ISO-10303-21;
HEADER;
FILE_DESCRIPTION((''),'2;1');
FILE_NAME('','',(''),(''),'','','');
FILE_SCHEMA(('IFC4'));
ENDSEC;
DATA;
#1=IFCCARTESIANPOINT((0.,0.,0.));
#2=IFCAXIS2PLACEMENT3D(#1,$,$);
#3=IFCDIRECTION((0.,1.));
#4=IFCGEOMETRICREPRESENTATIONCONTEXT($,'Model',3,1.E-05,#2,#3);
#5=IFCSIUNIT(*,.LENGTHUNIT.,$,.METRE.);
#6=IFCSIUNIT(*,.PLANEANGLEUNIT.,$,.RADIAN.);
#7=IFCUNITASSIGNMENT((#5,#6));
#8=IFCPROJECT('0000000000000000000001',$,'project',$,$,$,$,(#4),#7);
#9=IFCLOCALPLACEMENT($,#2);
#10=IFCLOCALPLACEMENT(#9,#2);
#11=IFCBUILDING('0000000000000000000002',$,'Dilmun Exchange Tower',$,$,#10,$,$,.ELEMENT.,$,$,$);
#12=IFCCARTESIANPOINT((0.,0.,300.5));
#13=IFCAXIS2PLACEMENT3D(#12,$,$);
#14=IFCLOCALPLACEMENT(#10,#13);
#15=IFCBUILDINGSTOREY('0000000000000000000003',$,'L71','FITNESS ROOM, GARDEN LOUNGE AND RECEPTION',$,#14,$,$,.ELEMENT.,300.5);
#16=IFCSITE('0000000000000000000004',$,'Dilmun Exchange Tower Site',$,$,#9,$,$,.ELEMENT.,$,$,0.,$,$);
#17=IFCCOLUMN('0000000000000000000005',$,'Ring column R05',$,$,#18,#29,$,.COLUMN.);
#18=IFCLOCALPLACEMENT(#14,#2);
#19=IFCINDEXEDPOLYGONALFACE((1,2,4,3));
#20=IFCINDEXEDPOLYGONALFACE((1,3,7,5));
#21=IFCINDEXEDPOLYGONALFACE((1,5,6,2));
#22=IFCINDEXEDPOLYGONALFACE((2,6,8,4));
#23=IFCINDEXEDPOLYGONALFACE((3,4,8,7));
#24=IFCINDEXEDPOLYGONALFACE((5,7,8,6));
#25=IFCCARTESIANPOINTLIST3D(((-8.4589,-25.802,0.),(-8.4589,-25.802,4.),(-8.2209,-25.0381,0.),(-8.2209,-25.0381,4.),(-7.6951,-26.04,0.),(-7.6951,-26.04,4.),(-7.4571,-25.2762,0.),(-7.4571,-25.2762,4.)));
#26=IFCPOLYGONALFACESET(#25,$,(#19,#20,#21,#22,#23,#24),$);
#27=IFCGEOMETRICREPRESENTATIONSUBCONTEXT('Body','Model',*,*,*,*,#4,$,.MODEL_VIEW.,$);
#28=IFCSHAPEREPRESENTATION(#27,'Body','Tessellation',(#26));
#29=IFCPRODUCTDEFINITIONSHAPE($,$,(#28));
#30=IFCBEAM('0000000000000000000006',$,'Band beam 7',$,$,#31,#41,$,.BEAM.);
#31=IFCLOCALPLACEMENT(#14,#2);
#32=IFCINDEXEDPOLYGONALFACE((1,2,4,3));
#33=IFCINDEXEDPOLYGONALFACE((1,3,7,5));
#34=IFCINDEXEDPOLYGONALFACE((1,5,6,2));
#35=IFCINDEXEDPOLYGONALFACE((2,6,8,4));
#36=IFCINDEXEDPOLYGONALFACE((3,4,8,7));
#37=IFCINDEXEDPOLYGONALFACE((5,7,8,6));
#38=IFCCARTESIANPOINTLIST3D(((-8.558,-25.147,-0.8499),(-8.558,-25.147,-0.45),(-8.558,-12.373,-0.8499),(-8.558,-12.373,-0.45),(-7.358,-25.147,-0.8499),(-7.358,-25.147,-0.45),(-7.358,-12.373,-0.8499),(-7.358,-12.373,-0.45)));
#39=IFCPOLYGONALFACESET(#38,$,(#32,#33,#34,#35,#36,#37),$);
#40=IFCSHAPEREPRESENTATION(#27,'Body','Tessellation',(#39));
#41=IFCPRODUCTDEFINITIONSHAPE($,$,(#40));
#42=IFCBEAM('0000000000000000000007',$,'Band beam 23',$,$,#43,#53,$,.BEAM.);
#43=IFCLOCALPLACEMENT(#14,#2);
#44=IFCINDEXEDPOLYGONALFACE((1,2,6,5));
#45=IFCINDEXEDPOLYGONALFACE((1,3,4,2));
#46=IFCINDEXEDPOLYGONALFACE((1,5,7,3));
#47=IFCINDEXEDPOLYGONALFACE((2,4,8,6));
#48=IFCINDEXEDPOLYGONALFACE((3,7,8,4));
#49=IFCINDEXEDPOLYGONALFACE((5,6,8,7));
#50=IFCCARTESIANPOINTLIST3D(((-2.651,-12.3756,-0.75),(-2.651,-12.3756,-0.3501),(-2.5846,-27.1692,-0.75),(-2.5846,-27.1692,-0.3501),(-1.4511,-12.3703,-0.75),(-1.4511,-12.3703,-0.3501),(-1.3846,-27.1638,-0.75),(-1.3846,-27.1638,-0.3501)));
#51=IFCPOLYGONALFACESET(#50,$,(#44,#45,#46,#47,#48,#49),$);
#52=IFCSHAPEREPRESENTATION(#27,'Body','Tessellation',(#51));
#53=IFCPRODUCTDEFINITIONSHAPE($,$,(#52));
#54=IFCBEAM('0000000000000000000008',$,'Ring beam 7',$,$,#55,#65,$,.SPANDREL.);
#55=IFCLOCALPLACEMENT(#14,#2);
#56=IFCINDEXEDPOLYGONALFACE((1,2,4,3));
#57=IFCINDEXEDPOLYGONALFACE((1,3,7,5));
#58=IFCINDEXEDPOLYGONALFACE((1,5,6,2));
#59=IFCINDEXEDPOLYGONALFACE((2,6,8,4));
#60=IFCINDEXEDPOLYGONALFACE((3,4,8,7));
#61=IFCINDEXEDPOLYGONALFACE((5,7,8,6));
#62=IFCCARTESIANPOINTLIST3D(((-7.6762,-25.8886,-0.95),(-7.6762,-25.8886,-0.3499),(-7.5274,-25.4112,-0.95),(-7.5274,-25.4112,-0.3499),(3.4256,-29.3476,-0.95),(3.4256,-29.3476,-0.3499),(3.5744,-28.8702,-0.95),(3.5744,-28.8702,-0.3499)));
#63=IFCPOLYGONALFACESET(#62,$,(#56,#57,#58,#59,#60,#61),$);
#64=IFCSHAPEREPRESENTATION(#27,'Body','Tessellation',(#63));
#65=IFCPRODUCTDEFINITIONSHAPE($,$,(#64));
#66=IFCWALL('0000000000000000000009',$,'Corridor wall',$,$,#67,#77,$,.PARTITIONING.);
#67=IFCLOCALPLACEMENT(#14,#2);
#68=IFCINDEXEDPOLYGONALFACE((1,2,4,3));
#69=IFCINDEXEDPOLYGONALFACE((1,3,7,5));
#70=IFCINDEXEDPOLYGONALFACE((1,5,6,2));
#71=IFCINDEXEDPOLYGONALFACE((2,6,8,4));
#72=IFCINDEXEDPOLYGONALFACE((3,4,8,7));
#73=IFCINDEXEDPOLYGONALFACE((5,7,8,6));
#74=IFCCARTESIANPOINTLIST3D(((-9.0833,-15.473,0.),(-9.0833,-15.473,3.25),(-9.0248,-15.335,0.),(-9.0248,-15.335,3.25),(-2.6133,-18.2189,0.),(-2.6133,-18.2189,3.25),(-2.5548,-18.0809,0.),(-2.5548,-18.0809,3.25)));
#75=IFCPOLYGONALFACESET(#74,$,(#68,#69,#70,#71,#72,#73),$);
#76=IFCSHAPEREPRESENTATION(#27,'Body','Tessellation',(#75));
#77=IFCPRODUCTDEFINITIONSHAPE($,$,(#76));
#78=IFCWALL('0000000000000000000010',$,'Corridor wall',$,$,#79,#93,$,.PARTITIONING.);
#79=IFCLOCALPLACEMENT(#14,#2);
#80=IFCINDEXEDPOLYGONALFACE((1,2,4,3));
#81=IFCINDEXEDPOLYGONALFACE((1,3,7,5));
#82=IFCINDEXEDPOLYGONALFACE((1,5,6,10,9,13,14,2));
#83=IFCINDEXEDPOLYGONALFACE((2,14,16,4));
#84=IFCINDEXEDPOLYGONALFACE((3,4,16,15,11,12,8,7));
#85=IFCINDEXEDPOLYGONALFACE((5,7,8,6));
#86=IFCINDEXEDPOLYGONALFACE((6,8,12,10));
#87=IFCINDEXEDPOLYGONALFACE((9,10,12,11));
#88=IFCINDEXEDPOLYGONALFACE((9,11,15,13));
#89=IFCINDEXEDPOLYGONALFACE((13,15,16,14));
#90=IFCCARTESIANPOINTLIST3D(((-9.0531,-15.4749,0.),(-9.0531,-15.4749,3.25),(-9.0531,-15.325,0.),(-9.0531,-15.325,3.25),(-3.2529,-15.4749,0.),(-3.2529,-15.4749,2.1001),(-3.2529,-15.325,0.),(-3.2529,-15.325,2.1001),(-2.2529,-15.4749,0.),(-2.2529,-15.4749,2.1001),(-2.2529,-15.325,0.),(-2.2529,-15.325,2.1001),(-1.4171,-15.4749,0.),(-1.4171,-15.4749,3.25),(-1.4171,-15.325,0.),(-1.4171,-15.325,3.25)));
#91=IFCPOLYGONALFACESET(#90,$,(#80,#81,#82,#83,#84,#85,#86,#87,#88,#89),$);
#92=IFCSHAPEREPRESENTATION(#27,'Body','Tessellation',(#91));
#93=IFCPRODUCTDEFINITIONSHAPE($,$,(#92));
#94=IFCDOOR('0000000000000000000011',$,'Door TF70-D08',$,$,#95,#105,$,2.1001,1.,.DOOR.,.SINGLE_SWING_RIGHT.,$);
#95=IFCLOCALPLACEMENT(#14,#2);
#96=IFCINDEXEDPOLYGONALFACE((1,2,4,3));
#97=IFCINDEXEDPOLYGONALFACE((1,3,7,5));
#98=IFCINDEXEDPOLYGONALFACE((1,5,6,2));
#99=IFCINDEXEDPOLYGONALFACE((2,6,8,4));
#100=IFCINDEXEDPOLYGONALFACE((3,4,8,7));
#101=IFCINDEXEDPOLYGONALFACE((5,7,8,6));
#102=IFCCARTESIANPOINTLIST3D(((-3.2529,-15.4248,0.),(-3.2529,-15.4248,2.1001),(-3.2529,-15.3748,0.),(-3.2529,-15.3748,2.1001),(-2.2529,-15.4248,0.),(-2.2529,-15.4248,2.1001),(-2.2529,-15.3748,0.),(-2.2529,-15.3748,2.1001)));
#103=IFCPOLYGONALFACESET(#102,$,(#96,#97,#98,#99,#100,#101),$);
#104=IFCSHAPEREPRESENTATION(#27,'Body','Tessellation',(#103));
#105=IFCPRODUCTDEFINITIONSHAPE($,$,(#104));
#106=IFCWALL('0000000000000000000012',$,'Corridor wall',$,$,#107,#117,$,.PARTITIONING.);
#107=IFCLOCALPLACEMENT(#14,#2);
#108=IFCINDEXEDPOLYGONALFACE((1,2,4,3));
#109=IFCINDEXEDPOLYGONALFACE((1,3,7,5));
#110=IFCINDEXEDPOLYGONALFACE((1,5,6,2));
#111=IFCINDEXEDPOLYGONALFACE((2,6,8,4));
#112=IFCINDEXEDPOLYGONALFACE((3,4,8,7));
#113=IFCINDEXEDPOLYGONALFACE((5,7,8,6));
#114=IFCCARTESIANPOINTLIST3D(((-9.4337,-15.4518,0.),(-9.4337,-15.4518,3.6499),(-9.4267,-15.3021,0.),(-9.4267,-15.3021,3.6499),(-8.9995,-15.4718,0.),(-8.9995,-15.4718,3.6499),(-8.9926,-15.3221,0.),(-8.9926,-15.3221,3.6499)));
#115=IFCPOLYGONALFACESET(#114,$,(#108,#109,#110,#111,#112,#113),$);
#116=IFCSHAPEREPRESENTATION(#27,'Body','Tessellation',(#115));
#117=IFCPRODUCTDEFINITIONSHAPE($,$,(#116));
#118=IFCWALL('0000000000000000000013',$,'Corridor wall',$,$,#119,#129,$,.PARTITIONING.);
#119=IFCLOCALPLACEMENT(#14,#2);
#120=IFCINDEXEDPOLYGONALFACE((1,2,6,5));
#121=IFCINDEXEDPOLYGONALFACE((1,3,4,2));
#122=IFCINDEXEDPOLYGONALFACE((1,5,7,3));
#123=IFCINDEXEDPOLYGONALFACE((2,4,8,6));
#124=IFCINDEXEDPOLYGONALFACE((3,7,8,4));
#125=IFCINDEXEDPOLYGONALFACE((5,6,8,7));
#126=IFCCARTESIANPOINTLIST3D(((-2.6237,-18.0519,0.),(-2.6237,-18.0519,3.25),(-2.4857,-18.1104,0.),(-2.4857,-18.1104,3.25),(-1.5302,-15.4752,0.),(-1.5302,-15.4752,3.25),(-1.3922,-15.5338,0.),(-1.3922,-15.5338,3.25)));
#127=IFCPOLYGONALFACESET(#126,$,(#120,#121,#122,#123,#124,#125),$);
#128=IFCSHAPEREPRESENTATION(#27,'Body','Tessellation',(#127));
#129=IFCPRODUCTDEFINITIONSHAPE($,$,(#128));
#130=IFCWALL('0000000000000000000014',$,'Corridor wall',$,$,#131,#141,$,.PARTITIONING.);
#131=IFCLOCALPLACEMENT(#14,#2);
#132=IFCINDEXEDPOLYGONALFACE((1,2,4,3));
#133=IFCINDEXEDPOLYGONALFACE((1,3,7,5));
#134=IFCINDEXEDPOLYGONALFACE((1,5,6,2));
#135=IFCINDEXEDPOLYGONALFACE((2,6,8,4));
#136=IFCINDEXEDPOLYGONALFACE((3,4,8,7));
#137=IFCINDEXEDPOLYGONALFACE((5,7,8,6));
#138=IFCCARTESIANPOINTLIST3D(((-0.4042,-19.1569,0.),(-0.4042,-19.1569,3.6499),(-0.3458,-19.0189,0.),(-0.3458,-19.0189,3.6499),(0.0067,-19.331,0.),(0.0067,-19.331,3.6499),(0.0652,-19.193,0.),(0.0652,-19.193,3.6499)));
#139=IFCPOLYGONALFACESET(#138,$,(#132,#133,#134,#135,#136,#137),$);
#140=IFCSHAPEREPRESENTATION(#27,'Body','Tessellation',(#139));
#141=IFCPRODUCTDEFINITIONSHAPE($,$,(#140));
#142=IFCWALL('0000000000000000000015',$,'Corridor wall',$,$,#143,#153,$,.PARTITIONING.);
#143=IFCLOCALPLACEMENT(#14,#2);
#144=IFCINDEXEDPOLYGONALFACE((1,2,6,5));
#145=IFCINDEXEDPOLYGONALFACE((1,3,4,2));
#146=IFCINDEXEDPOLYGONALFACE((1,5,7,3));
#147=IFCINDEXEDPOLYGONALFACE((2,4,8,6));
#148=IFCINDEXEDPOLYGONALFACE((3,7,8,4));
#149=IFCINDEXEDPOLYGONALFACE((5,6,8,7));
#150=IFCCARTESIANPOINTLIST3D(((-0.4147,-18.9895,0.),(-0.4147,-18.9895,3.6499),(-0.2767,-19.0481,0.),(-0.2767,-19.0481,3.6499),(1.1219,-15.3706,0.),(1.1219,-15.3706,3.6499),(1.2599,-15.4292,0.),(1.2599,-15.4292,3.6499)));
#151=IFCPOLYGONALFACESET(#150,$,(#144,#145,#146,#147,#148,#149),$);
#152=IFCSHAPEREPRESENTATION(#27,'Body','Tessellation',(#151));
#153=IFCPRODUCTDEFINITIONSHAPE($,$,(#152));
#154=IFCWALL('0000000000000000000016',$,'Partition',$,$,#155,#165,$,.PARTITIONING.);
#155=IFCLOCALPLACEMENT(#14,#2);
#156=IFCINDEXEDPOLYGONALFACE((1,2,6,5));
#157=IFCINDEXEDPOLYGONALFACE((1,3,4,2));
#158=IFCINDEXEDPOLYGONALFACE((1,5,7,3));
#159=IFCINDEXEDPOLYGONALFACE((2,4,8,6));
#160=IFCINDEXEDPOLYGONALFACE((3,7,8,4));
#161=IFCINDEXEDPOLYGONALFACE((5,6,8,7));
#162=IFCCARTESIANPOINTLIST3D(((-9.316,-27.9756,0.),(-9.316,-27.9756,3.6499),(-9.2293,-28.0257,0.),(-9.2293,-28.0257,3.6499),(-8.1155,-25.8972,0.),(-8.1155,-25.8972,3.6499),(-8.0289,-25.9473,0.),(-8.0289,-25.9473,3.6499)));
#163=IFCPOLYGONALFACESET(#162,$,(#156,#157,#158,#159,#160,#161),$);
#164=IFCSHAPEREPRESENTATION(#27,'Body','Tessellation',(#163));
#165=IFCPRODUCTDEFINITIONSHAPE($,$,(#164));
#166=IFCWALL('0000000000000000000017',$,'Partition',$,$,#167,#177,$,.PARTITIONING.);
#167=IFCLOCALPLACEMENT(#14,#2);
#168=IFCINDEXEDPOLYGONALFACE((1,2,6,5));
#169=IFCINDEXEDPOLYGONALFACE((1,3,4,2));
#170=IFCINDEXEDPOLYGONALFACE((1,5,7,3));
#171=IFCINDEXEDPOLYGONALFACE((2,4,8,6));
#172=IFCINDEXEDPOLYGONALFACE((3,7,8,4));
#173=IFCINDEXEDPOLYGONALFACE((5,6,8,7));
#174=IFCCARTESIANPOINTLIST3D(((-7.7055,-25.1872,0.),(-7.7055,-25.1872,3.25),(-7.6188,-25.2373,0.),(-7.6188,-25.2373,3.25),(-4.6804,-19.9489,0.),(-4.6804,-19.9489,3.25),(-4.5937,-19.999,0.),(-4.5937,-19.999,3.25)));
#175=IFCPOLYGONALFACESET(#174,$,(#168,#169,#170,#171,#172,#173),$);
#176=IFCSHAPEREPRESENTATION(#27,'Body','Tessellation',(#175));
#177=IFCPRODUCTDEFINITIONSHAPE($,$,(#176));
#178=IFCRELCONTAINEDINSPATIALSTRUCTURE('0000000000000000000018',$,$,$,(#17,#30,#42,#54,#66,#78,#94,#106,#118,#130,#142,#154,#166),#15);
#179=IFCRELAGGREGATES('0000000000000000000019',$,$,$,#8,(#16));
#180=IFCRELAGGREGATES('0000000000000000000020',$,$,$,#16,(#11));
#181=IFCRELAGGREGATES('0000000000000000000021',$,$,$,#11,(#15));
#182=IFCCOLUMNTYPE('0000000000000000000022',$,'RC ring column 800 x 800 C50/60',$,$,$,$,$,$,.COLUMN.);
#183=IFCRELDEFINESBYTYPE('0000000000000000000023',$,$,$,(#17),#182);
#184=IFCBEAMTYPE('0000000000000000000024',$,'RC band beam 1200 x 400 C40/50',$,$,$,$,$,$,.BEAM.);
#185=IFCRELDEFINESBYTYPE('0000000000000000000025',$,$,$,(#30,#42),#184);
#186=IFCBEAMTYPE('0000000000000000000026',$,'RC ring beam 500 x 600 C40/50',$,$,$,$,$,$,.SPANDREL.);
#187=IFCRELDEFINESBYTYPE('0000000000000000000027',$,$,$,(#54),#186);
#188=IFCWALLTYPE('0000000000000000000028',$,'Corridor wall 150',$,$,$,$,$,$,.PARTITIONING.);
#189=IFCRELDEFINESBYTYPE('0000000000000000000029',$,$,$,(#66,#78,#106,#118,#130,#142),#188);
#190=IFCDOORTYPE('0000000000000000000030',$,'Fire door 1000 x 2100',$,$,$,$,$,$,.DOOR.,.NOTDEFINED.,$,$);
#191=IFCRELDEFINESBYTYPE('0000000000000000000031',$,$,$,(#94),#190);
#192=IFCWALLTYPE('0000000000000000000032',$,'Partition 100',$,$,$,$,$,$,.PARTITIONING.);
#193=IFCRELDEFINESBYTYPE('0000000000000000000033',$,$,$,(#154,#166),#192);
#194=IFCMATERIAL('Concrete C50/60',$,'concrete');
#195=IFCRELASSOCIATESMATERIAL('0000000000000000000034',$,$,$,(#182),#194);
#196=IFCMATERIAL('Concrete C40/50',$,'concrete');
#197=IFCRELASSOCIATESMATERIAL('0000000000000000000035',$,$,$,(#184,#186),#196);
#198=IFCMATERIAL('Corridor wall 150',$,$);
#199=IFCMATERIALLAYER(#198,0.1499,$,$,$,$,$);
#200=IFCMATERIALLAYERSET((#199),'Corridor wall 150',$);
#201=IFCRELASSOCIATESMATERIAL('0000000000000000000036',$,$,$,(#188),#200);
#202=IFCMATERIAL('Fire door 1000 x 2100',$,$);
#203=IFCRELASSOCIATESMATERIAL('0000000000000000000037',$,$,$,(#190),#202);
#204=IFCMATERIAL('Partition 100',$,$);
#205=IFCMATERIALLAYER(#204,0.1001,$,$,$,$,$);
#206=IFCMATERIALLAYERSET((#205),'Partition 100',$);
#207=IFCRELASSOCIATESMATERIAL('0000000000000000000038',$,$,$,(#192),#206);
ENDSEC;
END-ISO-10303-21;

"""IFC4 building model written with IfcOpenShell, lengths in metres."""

from ifc_helpers import new_model, si_unit, direction, frame, frame_2d, origin, origin_2d, place, context, subcontext, project, spatial, rectangle, extrude, material, layer, layer_set, material_profile, profile_set, type_object, element, fill, save


model = new_model("IFC4")

# Units and contexts
model_context = context("Model", 3, precision=1e-05, world=origin(), true_north=direction((0.0, 1.0)))
body_context = subcontext(model_context, "Body", "Model", "MODEL_VIEW")
ifc_project = project(units=[si_unit("LENGTHUNIT", "METRE"), si_unit("PLANEANGLEUNIT", "RADIAN")], contexts=[model_context])

# Site, building, storey
site_placement = place(None, origin())
site = spatial("IfcSite", under=ifc_project, at=site_placement, Name="Dilmun Exchange Tower Site", CompositionType="ELEMENT", RefElevation=0.0)
building_placement = place(site_placement, origin())
building = spatial("IfcBuilding", under=site, at=building_placement, Name="Dilmun Exchange Tower", CompositionType="ELEMENT")
storey_placement = place(building_placement, frame((0.0, 0.0, 300.5)))
storey = spatial("IfcBuildingStorey", under=building, at=storey_placement, Name="L71", Description="FITNESS ROOM, GARDEN LOUNGE AND RECEPTION", CompositionType="ELEMENT", Elevation=300.5)

# Column
ifc_material_1 = material(Name="Concrete C50/60", Category="concrete")
ifc_material_profile_1 = material_profile(ifc_material_1, rectangle(XDim=0.8, YDim=0.8, at=origin_2d()), Name="800 x 800")
ifc_profile_set_1 = profile_set([ifc_material_profile_1], Name="Concrete C50/60")
column_type = type_object("IfcColumnType", Name="RC ring column 800 x 800 C50/60", PredefinedType="COLUMN", material=ifc_profile_set_1)
column_placement = place(storey_placement, frame((-7.958, -25.5391, 0.0), z_axis=(0.0, 0.0, 1.0), x_axis=(0.297503, 0.954721, 0.0)))
element("IfcColumn", 1, at=column_placement, inside=storey, type_object=column_type, Name="Ring column R05", PredefinedType="COLUMN", context=body_context, shape_type="SweptSolid", body=[
    extrude(rectangle(XDim=0.8, YDim=0.8, at=origin_2d()), origin(), (0.0, 0.0, 1.0), 4.0),
])

# Beams
ifc_material_2 = material(Name="Concrete C40/50", Category="concrete")
ifc_material_profile_2 = material_profile(ifc_material_2, rectangle(XDim=1.2, YDim=0.3999, at=origin_2d()), Name="1200 x 400")
ifc_profile_set_2 = profile_set([ifc_material_profile_2], Name="Concrete C40/50")
beam_type_1 = type_object("IfcBeamType", Name="RC band beam 1200 x 400 C40/50", PredefinedType="BEAM", material=ifc_profile_set_2)
beam_1_placement = place(storey_placement, frame((-7.958, -25.147, -0.6499), z_axis=(0.0, 1.0, 0.0), x_axis=(-1.0, 0.0, 0.0)))
element("IfcBeam", 2, at=beam_1_placement, inside=storey, type_object=beam_type_1, Name="Band beam 7", PredefinedType="BEAM", context=body_context, shape_type="SweptSolid", body=[
    extrude(rectangle(XDim=1.2, YDim=0.3999, at=origin_2d()), origin(), (0.0, 0.0, 1.0), 12.7739),
])
beam_2_placement = place(storey_placement, frame((-1.9846, -27.1665, -0.55), z_axis=(-0.004489, 0.99999, 0.0), x_axis=(-0.99999, -0.004489, 0.0)))
element("IfcBeam", 3, at=beam_2_placement, inside=storey, type_object=beam_type_1, Name="Band beam 23", PredefinedType="BEAM", context=body_context, shape_type="SweptSolid", body=[
    extrude(rectangle(XDim=1.2, YDim=0.3999, at=origin_2d()), origin(), (0.0, 0.0, 1.0), 14.7937),
])
ifc_material_profile_3 = material_profile(ifc_material_2, rectangle(XDim=0.5, YDim=0.6001, at=origin_2d()), Name="500 x 600")
ifc_profile_set_3 = profile_set([ifc_material_profile_3], Name="Concrete C40/50")
beam_type_2 = type_object("IfcBeamType", Name="RC ring beam 500 x 600 C40/50", PredefinedType="SPANDREL", material=ifc_profile_set_3)
beam_3_placement = place(storey_placement, frame((-7.6018, -25.6499, -0.6499), z_axis=(0.954733, -0.297466, 0.0), x_axis=(0.297466, 0.954733, 0.0)))
element("IfcBeam", 4, at=beam_3_placement, inside=storey, type_object=beam_type_2, Name="Ring beam 7", PredefinedType="SPANDREL", context=body_context, shape_type="SweptSolid", body=[
    extrude(rectangle(XDim=0.5, YDim=0.6001, at=origin_2d()), origin(), (0.0, 0.0, 1.0), 11.6282),
])

# Wall
ifc_material_3 = material(Name="Corridor wall 150")
ifc_layer_1 = layer(ifc_material_3, 0.1499)
ifc_layer_set_1 = layer_set([ifc_layer_1], Name="Corridor wall 150")
wall_type_1 = type_object("IfcWallType", Name="Corridor wall 150", PredefinedType="PARTITIONING", material=ifc_layer_set_1)
wall_1_placement = place(storey_placement, frame((-9.054, -15.4041, 0.0), z_axis=(0.0, 0.0, 1.0), x_axis=(0.92053, -0.390672, 0.0)))
element("IfcWall", 5, at=wall_1_placement, inside=storey, type_object=wall_type_1, Name="Corridor wall", PredefinedType="PARTITIONING", context=body_context, shape_type="SweptSolid", body=[
    extrude(rectangle(XDim=7.0286, YDim=0.1499, at=frame_2d((3.5142, 0.0))), origin(), (0.0, 0.0, 1.0), 3.25),
])

# Wall, opening, door
wall_2_placement = place(storey_placement, frame((-9.053, -15.3999, 0.0), z_axis=(0.0, 0.0, 1.0), x_axis=(1.0, 0.0, 0.0)))
wall_2 = element("IfcWall", 6, at=wall_2_placement, inside=storey, type_object=wall_type_1, Name="Corridor wall", PredefinedType="PARTITIONING", context=body_context, shape_type="SweptSolid", body=[
    extrude(rectangle(XDim=7.636, YDim=0.1499, at=frame_2d((3.8179, 0.0))), origin(), (0.0, 0.0, 1.0), 3.25),
])
opening_placement = place(wall_2_placement, frame((5.8, 0.0, 0.0)))
opening = element("IfcOpeningElement", 7, at=opening_placement, cuts=wall_2, PredefinedType="OPENING", context=body_context, shape_type="SweptSolid", body=[
    extrude(rectangle(XDim=1.0, YDim=2.1001, at=frame_2d((0.5, 1.05))), frame((0.0, 0.085, 0.0), z_axis=(0.0, -1.0, 0.0), x_axis=(1.0, 0.0, 0.0)), (0.0, 0.0, 1.0), 0.1699),
])
ifc_material_4 = material(Name="Fire door 1000 x 2100")
door_type = type_object("IfcDoorType", Name="Fire door 1000 x 2100", OperationType="NOTDEFINED", PredefinedType="DOOR", material=ifc_material_4)
door_placement = place(opening_placement, frame((1.0, 0.0, 0.0), z_axis=(0.0, 0.0, 1.0), x_axis=(-1.0, 0.0, 0.0)))
door = element("IfcDoor", 8, at=door_placement, inside=storey, type_object=door_type, Name="Door TF70-D08", OperationType="SINGLE_SWING_RIGHT", OverallHeight=2.1001, OverallWidth=1.0, PredefinedType="DOOR", context=body_context, shape_type="SweptSolid", body=[
    extrude(rectangle(XDim=1.0, YDim=2.1001, at=frame_2d((0.5, 1.05))), frame((0.0, 0.0249, 0.0), z_axis=(0.0, -1.0, 0.0), x_axis=(1.0, 0.0, 0.0)), (0.0, 0.0, 1.0), 0.05),
])
fill(opening, door)

# Walls
wall_3_placement = place(storey_placement, frame((-8.9961, -15.397, 0.0), z_axis=(0.0, 0.0, 1.0), x_axis=(-0.998938, 0.04607, 0.0)))
element("IfcWall", 9, at=wall_3_placement, inside=storey, type_object=wall_type_1, Name="Corridor wall", PredefinedType="PARTITIONING", context=body_context, shape_type="SweptSolid", body=[
    extrude(rectangle(XDim=0.4346, YDim=0.1499, at=frame_2d((0.2173, 0.0))), origin(), (0.0, 0.0, 1.0), 3.6499),
])
wall_4_placement = place(storey_placement, frame((-2.5547, -18.0811, 0.0), z_axis=(0.0, 0.0, 1.0), x_axis=(0.390664, 0.920533, 0.0)))
element("IfcWall", 10, at=wall_4_placement, inside=storey, type_object=wall_type_1, Name="Corridor wall", PredefinedType="PARTITIONING", context=body_context, shape_type="SweptSolid", body=[
    extrude(rectangle(XDim=2.7991, YDim=0.1499, at=frame_2d((1.3994, 0.0))), origin(), (0.0, 0.0, 1.0), 3.25),
])
wall_5_placement = place(storey_placement, frame((-0.375, -19.0879, 0.0), z_axis=(0.0, 0.0, 1.0), x_axis=(0.920778, -0.390086, 0.0)))
element("IfcWall", 11, at=wall_5_placement, inside=storey, type_object=wall_type_1, Name="Corridor wall", PredefinedType="PARTITIONING", context=body_context, shape_type="SweptSolid", body=[
    extrude(rectangle(XDim=0.4463, YDim=0.1499, at=frame_2d((0.2231, 0.0))), origin(), (0.0, 0.0, 1.0), 3.6499),
])
wall_6_placement = place(storey_placement, frame((-0.3457, -19.0188, 0.0), z_axis=(0.0, 0.0, 1.0), x_axis=(0.390837, 0.92046, 0.0)))
element("IfcWall", 12, at=wall_6_placement, inside=storey, type_object=wall_type_1, Name="Corridor wall", PredefinedType="PARTITIONING", context=body_context, shape_type="SweptSolid", body=[
    extrude(rectangle(XDim=3.9316, YDim=0.1499, at=frame_2d((1.9658, 0.0))), origin(), (0.0, 0.0, 1.0), 3.6499),
])
ifc_material_5 = material(Name="Partition 100")
ifc_layer_2 = layer(ifc_material_5, 0.1001)
ifc_layer_set_2 = layer_set([ifc_layer_2], Name="Partition 100")
wall_type_2 = type_object("IfcWallType", Name="Partition 100", PredefinedType="PARTITIONING", material=ifc_layer_set_2)
wall_7_placement = place(storey_placement, frame((-9.2727, -28.0007, 0.0), z_axis=(0.0, 0.0, 1.0), x_axis=(0.500154, 0.865937, 0.0)))
element("IfcWall", 13, at=wall_7_placement, inside=storey, type_object=wall_type_2, Name="Partition", PredefinedType="PARTITIONING", context=body_context, shape_type="SweptSolid", body=[
    extrude(rectangle(XDim=2.4001, YDim=0.1001, at=frame_2d((1.2002, 0.0))), origin(), (0.0, 0.0, 1.0), 3.6499),
])
wall_8_placement = place(storey_placement, frame((-7.6621, -25.2122, 0.0), z_axis=(0.0, 0.0, 1.0), x_axis=(0.500102, 0.865966, 0.0)))
element("IfcWall", 14, at=wall_8_placement, inside=storey, type_object=wall_type_2, Name="Partition", PredefinedType="PARTITIONING", context=body_context, shape_type="SweptSolid", body=[
    extrude(rectangle(XDim=6.0491, YDim=0.1001, at=frame_2d((3.0244, 0.0))), origin(), (0.0, 0.0, 1.0), 3.25),
])

save(model, "model.ifc")
